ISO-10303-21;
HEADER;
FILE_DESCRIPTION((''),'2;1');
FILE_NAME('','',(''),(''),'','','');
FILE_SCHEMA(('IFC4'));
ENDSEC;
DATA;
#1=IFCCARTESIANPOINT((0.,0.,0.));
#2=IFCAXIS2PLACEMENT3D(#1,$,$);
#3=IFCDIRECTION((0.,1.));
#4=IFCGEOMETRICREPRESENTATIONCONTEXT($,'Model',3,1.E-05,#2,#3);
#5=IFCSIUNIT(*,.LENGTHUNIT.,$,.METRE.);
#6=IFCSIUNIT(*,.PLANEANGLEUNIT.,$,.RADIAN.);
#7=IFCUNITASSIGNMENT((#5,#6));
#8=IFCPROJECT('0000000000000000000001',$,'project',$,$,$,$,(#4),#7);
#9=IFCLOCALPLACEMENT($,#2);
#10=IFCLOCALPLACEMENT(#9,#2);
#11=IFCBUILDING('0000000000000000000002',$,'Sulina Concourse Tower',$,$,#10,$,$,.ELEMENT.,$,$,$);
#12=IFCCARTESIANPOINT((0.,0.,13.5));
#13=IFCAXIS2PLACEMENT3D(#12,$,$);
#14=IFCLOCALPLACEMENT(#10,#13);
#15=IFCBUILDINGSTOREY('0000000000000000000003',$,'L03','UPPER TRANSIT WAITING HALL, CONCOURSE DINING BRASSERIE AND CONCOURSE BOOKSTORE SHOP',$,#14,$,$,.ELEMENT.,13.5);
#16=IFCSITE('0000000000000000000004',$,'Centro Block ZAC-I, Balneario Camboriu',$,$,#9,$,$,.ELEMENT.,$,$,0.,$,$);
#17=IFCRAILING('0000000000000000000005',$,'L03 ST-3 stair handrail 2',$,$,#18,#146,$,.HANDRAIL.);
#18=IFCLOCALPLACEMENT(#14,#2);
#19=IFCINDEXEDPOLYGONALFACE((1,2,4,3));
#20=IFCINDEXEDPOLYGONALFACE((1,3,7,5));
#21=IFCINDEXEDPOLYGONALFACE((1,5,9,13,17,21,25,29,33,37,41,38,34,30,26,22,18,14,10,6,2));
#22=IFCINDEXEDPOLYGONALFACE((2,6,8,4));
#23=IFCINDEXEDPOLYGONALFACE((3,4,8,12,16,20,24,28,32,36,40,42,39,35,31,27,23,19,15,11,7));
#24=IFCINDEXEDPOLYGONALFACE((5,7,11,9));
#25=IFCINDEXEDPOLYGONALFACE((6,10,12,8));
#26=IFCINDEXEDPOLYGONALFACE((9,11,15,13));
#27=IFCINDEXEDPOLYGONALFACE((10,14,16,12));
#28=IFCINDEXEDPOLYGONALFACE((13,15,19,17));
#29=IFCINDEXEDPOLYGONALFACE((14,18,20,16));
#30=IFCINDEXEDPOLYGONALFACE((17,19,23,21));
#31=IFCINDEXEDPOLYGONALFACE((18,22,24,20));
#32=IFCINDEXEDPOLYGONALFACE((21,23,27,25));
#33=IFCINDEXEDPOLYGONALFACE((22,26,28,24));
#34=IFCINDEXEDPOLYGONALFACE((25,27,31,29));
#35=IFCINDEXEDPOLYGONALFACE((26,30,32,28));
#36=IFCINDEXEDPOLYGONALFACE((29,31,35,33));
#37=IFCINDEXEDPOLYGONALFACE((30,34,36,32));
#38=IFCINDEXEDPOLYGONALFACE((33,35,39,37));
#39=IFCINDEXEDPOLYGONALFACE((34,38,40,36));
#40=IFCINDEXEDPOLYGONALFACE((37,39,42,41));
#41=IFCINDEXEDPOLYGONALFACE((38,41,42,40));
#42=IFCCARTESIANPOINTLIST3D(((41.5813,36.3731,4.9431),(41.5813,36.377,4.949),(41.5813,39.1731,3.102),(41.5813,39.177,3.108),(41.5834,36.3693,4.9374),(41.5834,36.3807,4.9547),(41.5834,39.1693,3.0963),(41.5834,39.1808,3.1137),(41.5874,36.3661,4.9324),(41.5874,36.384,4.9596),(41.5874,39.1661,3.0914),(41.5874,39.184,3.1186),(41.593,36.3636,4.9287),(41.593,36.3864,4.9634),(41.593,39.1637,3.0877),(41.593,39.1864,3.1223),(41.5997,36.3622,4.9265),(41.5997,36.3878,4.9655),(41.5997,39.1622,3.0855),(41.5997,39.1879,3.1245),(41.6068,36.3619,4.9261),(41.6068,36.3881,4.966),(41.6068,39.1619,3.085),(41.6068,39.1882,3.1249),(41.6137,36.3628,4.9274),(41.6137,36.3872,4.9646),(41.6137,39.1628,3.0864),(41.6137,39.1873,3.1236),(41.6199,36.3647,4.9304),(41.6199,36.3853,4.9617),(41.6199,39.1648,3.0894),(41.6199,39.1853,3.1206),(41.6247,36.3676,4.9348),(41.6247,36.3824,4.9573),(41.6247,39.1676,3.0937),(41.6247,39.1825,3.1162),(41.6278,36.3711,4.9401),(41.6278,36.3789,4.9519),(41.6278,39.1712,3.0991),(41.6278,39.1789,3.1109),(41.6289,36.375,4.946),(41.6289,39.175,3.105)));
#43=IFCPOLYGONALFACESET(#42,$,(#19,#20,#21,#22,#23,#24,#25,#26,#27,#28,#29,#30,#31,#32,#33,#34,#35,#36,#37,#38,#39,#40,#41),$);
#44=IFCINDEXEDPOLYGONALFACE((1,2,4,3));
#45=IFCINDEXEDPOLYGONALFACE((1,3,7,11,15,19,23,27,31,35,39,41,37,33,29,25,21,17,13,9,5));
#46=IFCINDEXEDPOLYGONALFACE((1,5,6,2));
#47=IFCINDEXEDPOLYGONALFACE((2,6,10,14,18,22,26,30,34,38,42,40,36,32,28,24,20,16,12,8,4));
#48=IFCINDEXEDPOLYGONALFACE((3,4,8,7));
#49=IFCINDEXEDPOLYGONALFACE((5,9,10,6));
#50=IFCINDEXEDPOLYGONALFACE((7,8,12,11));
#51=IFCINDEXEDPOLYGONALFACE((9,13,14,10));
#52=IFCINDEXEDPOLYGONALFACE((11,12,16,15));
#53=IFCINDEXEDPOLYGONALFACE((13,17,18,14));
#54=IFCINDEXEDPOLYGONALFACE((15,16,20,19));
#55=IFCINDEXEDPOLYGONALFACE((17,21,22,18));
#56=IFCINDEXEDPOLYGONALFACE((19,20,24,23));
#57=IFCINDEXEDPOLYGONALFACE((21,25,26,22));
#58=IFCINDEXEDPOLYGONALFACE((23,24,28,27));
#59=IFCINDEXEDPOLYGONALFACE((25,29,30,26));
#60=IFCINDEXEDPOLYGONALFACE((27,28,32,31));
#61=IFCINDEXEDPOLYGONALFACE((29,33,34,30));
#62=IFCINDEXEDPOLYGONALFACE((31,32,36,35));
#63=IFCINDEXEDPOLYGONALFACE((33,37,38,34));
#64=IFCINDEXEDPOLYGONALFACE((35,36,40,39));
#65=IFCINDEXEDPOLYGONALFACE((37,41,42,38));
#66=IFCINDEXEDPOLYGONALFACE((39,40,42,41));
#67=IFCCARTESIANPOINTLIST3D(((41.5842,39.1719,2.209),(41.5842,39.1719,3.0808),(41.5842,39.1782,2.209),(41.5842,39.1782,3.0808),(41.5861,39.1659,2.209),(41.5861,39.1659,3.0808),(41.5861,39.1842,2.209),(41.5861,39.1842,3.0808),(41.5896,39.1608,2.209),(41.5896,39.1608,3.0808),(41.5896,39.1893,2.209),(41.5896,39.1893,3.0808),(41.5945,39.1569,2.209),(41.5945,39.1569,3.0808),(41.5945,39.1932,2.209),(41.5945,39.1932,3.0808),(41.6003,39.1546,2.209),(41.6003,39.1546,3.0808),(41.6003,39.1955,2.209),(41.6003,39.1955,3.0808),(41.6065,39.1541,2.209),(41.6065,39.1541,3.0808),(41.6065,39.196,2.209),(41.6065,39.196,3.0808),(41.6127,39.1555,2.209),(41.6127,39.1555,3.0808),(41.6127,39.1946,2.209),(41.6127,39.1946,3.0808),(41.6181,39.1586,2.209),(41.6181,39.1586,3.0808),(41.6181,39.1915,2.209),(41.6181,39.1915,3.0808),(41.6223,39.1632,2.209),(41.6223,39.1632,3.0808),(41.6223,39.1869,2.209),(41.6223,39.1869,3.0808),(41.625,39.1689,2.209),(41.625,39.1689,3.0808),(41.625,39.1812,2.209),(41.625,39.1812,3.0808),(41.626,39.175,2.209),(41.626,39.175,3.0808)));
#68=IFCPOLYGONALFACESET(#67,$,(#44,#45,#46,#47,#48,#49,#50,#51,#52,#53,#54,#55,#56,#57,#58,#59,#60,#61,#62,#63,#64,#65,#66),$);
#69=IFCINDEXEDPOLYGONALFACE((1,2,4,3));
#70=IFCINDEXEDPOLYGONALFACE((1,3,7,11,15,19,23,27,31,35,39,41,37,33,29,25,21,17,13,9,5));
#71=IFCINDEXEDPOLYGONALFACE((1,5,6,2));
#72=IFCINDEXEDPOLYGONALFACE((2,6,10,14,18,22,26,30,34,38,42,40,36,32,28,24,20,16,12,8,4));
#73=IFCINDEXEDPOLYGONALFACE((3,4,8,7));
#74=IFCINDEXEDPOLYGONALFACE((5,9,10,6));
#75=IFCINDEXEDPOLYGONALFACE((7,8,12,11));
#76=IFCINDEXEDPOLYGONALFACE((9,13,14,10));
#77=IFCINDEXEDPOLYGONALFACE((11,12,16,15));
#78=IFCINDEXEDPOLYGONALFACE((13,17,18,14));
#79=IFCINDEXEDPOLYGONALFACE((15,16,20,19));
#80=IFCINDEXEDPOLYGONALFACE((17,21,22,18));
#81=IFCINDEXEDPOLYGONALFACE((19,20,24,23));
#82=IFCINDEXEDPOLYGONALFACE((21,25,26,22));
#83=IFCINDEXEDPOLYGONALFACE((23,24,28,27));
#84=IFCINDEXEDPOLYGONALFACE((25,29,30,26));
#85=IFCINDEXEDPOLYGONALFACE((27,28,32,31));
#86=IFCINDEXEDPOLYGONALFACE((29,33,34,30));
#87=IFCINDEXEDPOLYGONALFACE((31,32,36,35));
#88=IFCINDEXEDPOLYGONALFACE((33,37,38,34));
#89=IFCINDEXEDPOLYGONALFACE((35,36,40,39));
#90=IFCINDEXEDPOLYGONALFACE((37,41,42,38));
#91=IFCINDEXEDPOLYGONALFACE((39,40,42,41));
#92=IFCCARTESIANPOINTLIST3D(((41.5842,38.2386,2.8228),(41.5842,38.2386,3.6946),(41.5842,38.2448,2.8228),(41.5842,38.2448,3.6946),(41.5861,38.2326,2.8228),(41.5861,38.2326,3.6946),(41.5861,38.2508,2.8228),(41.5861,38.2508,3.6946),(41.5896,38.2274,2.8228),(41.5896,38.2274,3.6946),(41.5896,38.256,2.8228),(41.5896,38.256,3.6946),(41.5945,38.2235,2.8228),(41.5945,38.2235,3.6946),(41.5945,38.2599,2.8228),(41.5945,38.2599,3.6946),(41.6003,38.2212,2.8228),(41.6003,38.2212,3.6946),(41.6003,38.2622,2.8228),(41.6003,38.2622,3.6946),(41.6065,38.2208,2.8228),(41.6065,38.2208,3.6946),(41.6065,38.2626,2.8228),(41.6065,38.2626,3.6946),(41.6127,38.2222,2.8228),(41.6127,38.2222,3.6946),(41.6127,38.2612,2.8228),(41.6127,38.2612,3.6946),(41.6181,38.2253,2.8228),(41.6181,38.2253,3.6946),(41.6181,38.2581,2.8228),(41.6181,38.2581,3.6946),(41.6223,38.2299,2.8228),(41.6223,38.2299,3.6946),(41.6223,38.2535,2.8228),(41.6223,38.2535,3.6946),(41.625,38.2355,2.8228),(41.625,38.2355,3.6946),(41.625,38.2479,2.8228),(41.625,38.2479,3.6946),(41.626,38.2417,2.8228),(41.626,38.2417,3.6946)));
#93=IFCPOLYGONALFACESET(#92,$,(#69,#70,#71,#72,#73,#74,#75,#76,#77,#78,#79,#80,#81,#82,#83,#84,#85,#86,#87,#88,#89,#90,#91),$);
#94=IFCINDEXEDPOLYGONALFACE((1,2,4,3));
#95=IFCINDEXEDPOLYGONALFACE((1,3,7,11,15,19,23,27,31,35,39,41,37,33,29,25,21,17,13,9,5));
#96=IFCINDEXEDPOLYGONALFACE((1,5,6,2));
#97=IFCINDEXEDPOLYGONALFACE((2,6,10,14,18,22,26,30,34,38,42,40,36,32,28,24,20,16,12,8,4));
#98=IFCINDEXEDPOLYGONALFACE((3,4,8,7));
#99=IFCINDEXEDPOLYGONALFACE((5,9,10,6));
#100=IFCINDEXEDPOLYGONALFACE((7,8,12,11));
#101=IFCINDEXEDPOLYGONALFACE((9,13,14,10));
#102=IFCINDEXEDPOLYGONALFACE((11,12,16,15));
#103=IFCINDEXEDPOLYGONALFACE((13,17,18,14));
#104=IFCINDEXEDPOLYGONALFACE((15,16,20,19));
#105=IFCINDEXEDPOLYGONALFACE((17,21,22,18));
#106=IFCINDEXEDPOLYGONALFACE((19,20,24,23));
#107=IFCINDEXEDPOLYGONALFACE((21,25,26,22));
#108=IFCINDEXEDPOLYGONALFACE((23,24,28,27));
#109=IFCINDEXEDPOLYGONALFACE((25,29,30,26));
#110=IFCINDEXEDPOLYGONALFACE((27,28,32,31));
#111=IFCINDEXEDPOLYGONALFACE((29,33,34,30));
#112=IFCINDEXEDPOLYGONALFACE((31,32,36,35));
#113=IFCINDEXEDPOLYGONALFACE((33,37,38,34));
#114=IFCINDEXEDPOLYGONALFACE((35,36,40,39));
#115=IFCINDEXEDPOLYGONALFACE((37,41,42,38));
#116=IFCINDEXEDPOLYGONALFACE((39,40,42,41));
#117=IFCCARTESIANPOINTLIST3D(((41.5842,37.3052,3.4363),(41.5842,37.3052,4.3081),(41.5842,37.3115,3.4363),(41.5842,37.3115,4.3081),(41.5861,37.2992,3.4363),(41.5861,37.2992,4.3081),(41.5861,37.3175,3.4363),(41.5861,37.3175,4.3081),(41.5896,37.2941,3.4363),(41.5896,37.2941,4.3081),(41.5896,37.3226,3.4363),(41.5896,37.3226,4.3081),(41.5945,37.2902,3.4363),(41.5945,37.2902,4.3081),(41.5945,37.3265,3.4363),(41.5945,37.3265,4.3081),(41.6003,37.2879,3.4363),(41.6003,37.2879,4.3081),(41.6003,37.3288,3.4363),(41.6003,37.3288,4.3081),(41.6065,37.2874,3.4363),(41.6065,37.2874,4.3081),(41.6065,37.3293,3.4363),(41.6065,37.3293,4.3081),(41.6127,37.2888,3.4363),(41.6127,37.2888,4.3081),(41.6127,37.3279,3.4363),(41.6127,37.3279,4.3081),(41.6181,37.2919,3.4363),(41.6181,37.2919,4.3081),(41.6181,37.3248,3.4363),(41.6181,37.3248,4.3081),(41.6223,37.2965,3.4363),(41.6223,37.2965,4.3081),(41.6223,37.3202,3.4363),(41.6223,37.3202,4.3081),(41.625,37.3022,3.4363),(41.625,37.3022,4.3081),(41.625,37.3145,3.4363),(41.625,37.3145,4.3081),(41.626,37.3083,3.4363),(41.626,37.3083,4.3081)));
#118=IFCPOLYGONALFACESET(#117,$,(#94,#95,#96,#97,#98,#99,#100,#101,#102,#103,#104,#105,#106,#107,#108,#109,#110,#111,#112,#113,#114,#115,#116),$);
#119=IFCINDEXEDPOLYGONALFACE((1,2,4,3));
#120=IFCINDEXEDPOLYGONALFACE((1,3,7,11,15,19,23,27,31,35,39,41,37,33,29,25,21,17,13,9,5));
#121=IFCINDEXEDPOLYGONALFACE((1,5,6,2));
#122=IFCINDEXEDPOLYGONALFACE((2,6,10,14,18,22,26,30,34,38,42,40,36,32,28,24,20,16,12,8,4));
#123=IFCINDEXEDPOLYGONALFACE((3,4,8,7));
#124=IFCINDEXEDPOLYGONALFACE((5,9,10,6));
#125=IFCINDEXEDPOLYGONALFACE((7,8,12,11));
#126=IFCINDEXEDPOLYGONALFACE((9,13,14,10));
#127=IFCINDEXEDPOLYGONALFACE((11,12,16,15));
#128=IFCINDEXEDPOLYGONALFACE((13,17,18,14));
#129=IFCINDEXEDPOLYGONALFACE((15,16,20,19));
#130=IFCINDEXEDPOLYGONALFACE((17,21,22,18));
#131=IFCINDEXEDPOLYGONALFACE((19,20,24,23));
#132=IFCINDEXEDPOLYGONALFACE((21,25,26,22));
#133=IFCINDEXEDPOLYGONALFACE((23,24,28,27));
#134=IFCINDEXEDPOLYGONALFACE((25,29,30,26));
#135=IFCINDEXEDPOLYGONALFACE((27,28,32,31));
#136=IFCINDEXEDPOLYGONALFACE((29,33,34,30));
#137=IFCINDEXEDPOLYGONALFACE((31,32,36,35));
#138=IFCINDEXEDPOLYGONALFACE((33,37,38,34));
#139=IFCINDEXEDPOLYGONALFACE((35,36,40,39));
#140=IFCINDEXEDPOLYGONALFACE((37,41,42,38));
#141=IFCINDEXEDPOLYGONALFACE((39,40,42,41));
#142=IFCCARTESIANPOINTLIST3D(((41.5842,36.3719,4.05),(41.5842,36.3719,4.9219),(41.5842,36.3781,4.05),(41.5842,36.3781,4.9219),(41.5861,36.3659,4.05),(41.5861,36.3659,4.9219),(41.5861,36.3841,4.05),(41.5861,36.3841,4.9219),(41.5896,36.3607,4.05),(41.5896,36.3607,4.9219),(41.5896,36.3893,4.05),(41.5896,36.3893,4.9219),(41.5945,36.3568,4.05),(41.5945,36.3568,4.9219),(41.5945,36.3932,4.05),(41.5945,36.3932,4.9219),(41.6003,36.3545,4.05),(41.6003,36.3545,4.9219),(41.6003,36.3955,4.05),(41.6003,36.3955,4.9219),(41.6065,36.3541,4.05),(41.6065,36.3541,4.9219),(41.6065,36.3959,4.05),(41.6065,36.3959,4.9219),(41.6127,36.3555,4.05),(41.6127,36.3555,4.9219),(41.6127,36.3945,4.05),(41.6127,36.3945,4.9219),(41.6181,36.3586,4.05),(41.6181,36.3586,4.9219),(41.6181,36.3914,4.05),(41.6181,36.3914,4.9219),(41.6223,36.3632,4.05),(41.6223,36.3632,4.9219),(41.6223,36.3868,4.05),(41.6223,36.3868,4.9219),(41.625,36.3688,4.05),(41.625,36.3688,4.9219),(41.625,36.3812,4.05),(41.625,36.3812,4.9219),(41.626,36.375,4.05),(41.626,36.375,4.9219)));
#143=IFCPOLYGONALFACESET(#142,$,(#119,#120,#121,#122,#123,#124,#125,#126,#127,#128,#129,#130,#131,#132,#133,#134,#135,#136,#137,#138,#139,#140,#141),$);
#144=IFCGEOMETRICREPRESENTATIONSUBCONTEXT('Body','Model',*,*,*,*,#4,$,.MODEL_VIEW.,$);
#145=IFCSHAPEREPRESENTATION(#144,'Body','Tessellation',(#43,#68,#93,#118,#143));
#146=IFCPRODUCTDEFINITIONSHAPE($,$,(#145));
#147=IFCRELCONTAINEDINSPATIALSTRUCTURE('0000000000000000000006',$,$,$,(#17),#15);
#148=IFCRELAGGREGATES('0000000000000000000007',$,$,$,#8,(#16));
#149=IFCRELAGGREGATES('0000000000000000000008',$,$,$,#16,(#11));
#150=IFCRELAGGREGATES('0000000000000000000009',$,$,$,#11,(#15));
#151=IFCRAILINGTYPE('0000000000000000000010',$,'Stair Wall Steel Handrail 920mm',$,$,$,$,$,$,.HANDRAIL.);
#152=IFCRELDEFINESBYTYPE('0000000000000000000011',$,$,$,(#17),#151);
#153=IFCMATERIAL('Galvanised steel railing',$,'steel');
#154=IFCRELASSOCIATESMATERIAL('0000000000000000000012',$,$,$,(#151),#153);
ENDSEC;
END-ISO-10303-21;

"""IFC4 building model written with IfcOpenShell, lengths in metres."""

from ifc_helpers import new_model, si_unit, direction, frame, origin, origin_2d, place, context, subcontext, project, spatial, circle, extrude, material, type_object, element, save


model = new_model("IFC4")

# Units and contexts
model_context = context("Model", 3, precision=1e-05, world=origin(), true_north=direction((0.0, 1.0)))
body_context = subcontext(model_context, "Body", "Model", "MODEL_VIEW")
ifc_project = project(units=[si_unit("LENGTHUNIT", "METRE"), si_unit("PLANEANGLEUNIT", "RADIAN")], contexts=[model_context])

# Site, building, storey
site_placement = place(None, origin())
site = spatial("IfcSite", under=ifc_project, at=site_placement, Name="Centro Block ZAC-I, Balneario Camboriu", CompositionType="ELEMENT", RefElevation=0.0)
building_placement = place(site_placement, origin())
building = spatial("IfcBuilding", under=site, at=building_placement, Name="Sulina Concourse Tower", CompositionType="ELEMENT")
storey_placement = place(building_placement, frame((0.0, 0.0, 13.5)))
storey = spatial("IfcBuildingStorey", under=building, at=storey_placement, Name="L03", Description="UPPER TRANSIT WAITING HALL, CONCOURSE DINING BRASSERIE AND CONCOURSE BOOKSTORE SHOP", CompositionType="ELEMENT", Elevation=13.5)

# Railing
ifc_material_1 = material(Name="Galvanised steel railing", Category="steel")
railing_type_1 = type_object("IfcRailingType", Name="Stair Wall Steel Handrail 920mm", PredefinedType="HANDRAIL", material=ifc_material_1)
railing_1_placement = place(storey_placement, frame((41.605, 39.175, 2.209)))
element("IfcRailing", 1, at=railing_1_placement, inside=storey, type_object=railing_type_1, Name="L03 ST-3 stair handrail 2", PredefinedType="HANDRAIL", context=body_context, shape_type="SweptSolid", body=[
    extrude(circle(Radius=0.0239, at=origin_2d()), frame((0.0, 0.0, 0.896), z_axis=(0.0, -0.835564, 0.549393), x_axis=(1.0, 0.0, 0.0)), (0.0, 0.0, 1.0), 3.3511),
    extrude(circle(Radius=0.021, at=origin_2d()), origin(), (0.0, 0.0, 1.0), 0.8718),
    extrude(circle(Radius=0.021, at=origin_2d()), frame((0.0, -0.9333, 0.6138)), (0.0, 0.0, 1.0), 0.8718),
    extrude(circle(Radius=0.021, at=origin_2d()), frame((0.0, -1.8667, 1.2273)), (0.0, 0.0, 1.0), 0.8718),
    extrude(circle(Radius=0.021, at=origin_2d()), frame((0.0, -2.8, 1.8411)), (0.0, 0.0, 1.0), 0.8718),
])

save(model, "model.ifc")
